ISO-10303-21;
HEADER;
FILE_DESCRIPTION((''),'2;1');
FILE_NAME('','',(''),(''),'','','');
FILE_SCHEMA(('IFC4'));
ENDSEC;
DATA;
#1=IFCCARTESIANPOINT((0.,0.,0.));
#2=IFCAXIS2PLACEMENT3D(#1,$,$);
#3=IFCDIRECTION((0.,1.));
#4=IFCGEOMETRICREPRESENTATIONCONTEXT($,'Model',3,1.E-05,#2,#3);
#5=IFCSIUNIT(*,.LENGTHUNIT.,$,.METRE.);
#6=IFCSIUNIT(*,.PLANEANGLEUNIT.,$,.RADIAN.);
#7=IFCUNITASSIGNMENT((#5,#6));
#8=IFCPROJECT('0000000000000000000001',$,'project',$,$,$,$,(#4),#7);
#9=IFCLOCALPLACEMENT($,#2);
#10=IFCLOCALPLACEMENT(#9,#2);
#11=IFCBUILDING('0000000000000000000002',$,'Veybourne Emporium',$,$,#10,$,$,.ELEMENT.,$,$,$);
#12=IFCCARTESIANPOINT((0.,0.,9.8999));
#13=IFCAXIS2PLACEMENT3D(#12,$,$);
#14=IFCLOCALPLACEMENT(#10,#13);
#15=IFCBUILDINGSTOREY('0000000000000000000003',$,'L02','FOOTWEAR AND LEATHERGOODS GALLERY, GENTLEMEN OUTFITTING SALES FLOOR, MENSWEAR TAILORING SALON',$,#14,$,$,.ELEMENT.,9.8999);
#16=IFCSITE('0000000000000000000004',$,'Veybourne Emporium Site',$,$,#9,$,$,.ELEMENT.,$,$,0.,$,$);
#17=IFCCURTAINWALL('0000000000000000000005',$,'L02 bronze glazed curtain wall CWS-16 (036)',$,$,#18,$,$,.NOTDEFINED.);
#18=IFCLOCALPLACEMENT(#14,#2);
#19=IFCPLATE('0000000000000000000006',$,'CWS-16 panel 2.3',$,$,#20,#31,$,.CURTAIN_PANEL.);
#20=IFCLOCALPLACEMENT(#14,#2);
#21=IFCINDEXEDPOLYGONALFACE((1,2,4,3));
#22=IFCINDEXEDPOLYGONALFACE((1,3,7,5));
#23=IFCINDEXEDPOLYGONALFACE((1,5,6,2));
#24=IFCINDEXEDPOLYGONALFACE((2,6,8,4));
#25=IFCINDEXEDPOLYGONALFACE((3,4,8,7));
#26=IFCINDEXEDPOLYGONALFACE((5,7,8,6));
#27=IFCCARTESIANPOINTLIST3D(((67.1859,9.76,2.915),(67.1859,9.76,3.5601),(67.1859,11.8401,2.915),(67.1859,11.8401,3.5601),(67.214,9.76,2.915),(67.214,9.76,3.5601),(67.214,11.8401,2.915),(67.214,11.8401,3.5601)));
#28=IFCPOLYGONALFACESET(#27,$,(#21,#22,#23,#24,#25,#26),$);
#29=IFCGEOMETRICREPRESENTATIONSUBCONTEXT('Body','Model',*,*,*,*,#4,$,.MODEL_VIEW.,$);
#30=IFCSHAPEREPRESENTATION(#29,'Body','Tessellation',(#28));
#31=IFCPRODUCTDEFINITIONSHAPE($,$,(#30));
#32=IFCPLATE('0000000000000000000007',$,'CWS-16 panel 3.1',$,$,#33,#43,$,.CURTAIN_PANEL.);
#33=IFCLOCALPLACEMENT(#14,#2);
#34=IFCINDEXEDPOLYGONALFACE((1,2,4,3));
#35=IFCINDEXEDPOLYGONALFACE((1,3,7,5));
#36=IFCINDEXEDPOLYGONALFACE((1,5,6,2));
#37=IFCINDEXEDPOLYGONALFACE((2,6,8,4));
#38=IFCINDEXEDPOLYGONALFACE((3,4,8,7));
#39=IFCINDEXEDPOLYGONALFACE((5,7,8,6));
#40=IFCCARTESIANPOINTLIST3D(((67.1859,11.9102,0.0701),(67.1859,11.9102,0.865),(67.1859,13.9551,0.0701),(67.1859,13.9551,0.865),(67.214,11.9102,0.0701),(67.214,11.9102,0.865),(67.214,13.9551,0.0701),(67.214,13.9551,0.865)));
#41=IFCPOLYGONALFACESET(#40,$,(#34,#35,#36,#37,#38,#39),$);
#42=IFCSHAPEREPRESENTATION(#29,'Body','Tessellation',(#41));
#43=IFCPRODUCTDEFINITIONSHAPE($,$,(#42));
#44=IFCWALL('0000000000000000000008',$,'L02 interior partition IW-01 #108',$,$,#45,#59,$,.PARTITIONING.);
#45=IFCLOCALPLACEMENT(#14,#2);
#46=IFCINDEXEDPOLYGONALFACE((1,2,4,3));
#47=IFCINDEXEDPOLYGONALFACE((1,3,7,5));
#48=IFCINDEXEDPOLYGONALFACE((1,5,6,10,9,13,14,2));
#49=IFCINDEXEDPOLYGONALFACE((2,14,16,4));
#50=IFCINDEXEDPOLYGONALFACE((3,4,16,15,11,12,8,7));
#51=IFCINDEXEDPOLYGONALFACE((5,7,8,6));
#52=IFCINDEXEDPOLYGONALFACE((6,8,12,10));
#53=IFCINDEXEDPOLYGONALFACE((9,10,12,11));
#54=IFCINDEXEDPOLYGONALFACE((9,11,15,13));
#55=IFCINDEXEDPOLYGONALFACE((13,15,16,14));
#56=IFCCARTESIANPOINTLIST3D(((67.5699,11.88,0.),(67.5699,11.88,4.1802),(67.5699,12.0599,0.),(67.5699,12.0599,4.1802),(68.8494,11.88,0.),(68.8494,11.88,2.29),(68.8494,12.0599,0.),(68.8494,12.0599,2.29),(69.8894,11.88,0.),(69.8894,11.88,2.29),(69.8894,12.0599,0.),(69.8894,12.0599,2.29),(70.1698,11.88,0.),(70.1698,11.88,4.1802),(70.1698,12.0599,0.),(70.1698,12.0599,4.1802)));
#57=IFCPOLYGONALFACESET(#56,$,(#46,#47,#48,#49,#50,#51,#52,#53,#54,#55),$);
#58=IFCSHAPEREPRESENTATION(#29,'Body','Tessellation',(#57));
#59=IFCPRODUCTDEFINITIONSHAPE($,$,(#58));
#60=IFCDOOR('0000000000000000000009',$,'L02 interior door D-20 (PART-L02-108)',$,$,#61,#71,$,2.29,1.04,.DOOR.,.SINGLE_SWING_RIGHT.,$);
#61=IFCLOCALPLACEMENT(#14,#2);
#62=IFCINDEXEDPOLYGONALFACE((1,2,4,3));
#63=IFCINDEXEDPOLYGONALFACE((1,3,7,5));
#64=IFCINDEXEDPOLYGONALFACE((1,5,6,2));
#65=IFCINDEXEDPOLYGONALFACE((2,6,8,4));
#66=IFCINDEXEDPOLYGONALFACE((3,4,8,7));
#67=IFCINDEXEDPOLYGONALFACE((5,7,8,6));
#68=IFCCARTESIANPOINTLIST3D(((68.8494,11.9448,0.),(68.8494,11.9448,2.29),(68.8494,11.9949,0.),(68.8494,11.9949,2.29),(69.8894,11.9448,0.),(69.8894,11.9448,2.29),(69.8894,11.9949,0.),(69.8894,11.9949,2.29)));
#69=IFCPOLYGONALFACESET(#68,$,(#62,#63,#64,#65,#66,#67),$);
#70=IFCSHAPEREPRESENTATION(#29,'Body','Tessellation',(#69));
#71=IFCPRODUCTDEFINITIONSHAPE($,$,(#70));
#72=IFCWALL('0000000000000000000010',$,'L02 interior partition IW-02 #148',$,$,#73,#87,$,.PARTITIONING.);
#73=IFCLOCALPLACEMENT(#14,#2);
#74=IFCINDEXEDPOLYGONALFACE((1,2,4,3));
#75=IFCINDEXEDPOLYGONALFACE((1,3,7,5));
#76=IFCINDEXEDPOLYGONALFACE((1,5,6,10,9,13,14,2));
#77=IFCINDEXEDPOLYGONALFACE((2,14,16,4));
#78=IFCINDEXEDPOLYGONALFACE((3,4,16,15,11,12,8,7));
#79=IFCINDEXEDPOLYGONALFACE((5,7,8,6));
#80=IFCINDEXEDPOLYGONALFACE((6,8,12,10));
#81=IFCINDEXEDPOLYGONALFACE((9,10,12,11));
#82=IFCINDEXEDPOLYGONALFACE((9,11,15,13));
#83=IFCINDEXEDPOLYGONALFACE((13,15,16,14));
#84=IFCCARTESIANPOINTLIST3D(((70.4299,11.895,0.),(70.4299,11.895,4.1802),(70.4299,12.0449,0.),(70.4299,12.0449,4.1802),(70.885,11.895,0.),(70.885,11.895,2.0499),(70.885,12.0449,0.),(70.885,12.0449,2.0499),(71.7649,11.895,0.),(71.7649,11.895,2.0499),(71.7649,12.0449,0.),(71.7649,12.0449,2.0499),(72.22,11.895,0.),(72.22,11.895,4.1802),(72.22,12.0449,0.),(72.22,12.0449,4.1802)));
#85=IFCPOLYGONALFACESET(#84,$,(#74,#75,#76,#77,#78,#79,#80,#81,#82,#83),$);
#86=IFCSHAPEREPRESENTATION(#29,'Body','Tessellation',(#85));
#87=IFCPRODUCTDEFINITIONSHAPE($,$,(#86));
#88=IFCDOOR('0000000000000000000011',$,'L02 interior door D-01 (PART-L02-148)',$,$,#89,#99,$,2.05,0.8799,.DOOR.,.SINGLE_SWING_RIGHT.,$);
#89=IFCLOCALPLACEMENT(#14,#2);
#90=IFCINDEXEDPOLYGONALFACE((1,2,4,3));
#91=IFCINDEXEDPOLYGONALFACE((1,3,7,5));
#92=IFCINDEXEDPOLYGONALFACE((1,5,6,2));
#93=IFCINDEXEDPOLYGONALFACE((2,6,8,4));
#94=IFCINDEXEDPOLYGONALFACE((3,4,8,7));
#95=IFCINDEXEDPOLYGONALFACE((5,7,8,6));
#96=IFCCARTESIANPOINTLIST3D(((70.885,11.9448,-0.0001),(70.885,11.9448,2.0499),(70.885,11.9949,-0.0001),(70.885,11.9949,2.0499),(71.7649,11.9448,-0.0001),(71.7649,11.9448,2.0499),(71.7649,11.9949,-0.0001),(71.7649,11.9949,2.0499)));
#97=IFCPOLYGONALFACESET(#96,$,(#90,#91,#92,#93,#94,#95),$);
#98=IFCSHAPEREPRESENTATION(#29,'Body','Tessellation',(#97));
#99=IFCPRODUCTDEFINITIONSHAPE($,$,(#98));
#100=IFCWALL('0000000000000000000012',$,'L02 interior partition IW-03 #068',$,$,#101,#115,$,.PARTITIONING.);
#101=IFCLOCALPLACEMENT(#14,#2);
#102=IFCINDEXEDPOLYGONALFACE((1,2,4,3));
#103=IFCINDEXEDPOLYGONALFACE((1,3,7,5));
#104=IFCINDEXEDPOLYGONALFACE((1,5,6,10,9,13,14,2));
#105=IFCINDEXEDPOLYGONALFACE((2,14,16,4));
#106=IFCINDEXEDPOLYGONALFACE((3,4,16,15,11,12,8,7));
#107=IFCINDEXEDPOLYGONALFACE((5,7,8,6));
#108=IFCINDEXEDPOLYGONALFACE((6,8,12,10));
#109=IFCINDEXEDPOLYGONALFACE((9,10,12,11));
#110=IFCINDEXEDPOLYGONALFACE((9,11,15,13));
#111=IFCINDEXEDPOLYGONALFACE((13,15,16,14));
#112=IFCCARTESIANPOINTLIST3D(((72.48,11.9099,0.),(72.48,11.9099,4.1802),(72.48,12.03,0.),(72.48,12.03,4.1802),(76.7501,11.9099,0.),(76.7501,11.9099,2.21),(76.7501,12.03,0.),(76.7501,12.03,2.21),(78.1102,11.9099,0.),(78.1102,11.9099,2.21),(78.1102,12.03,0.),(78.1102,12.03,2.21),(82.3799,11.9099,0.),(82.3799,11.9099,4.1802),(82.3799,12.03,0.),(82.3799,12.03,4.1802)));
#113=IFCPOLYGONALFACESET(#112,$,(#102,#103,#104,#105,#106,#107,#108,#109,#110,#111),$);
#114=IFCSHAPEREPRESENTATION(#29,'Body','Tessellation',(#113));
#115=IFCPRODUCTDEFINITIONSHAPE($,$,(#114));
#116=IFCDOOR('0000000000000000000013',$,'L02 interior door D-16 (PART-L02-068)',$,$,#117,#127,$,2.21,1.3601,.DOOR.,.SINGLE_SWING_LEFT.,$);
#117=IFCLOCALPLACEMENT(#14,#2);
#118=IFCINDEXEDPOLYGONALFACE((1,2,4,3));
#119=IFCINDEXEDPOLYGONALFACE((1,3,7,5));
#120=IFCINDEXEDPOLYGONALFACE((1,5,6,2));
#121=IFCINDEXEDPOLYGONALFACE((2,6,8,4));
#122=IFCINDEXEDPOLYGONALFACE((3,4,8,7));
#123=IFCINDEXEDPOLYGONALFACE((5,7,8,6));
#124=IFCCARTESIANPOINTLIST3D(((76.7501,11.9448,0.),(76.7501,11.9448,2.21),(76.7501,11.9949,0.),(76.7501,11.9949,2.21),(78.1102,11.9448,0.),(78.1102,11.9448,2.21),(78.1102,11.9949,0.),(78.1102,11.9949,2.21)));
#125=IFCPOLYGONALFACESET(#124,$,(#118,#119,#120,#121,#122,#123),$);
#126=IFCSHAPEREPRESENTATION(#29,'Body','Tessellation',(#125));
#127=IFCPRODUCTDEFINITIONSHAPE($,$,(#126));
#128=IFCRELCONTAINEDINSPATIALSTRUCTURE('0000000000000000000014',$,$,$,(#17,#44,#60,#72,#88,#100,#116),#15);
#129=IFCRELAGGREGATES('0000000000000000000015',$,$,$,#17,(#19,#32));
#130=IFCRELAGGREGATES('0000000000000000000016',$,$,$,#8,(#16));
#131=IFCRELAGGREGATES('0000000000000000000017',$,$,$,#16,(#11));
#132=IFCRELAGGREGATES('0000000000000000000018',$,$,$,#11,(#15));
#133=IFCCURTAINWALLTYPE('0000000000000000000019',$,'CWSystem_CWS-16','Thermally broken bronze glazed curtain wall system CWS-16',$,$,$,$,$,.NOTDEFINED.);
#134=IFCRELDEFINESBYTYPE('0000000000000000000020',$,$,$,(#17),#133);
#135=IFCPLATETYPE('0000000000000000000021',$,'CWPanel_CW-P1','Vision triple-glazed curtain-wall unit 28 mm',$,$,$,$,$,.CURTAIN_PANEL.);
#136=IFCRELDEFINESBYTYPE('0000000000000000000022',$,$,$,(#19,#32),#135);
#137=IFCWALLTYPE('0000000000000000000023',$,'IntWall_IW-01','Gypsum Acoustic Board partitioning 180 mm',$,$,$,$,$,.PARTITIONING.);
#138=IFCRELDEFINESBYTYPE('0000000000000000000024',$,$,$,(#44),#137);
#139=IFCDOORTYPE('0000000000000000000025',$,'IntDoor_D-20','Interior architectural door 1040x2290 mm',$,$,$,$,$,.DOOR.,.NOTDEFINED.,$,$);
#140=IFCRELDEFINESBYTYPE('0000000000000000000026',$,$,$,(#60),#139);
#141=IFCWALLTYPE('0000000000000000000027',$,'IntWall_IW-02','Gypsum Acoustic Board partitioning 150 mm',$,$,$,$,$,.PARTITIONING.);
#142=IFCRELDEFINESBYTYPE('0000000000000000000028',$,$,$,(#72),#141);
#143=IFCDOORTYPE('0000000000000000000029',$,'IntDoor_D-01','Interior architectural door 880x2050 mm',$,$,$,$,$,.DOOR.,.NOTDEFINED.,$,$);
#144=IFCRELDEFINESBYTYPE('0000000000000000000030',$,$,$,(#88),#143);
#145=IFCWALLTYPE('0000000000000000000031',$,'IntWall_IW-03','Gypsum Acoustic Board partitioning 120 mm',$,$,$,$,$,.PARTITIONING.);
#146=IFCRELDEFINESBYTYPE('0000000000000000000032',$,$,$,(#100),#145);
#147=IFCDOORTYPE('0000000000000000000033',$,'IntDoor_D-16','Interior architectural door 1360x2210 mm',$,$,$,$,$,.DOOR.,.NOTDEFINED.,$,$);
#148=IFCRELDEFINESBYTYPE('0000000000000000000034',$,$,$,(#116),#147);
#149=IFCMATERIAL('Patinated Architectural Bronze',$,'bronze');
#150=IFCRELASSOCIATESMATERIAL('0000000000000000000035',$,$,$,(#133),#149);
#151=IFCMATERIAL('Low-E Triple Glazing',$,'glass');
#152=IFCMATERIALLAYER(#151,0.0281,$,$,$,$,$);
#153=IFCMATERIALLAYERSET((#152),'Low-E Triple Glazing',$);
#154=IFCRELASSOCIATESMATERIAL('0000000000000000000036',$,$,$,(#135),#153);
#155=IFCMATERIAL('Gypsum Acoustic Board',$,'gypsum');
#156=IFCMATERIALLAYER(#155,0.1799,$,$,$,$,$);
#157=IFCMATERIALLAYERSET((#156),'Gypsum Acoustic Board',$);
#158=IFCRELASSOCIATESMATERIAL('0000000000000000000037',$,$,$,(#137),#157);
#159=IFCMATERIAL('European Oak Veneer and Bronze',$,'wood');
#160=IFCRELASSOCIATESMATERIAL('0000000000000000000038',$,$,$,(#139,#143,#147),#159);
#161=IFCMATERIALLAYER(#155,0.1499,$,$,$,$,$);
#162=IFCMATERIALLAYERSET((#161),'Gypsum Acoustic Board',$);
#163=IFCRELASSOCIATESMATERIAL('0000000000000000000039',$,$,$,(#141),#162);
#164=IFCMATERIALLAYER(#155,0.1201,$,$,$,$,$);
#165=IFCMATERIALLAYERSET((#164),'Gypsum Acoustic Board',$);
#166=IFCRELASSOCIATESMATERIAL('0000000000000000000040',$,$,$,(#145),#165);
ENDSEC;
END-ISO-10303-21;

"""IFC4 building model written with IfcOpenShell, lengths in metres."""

from ifc_helpers import new_model, si_unit, direction, frame, frame_2d, origin, origin_2d, place, context, subcontext, project, spatial, rectangle, extrude, material, layer, layer_set, type_object, element, fill, aggregate, save


model = new_model("IFC4")

# Units and contexts
model_context = context("Model", 3, precision=1e-05, world=origin(), true_north=direction((0.0, 1.0)))
body_context = subcontext(model_context, "Body", "Model", "MODEL_VIEW")
ifc_project = project(units=[si_unit("LENGTHUNIT", "METRE"), si_unit("PLANEANGLEUNIT", "RADIAN")], contexts=[model_context])

# Site, building, storey
site_placement = place(None, origin())
site = spatial("IfcSite", under=ifc_project, at=site_placement, Name="Veybourne Emporium Site", CompositionType="ELEMENT", RefElevation=0.0)
building_placement = place(site_placement, origin())
building = spatial("IfcBuilding", under=site, at=building_placement, Name="Veybourne Emporium", CompositionType="ELEMENT")
storey_placement = place(building_placement, frame((0.0, 0.0, 9.8999)))
storey = spatial("IfcBuildingStorey", under=building, at=storey_placement, Name="L02", Description="FOOTWEAR AND LEATHERGOODS GALLERY, GENTLEMEN OUTFITTING SALES FLOOR, MENSWEAR TAILORING SALON", CompositionType="ELEMENT", Elevation=9.8999)

# Curtain wall, plates
ifc_material_1 = material(Name="Patinated Architectural Bronze", Category="bronze")
curtain_wall_type = type_object("IfcCurtainWallType", Name="CWSystem_CWS-16", Description="Thermally broken bronze glazed curtain wall system CWS-16", PredefinedType="NOTDEFINED", material=ifc_material_1)
curtain_wall_placement = place(storey_placement, origin())
curtain_wall = element("IfcCurtainWall", 1, at=curtain_wall_placement, inside=storey, type_object=curtain_wall_type, Name="L02 bronze glazed curtain wall CWS-16 (036)", PredefinedType="NOTDEFINED")
ifc_material_2 = material(Name="Low-E Triple Glazing", Category="glass")
ifc_layer_1 = layer(ifc_material_2, 0.0281)
ifc_layer_set_1 = layer_set([ifc_layer_1], Name="Low-E Triple Glazing")
plate_type = type_object("IfcPlateType", Name="CWPanel_CW-P1", Description="Vision triple-glazed curtain-wall unit 28 mm", PredefinedType="CURTAIN_PANEL", material=ifc_layer_set_1)
plate_1_placement = place(storey_placement, frame((67.2, 10.8, 2.915), z_axis=(0.0, 0.0, 1.0), x_axis=(0.0, 1.0, 0.0)))
plate_1 = element("IfcPlate", 2, at=plate_1_placement, type_object=plate_type, Name="CWS-16 panel 2.3", PredefinedType="CURTAIN_PANEL", context=body_context, shape_type="SweptSolid", body=[
    extrude(rectangle(XDim=2.0801, YDim=0.0281, at=origin_2d()), origin(), (0.0, 0.0, 1.0), 0.645),
])
plate_2_placement = place(storey_placement, frame((67.2, 12.9326, 0.0701), z_axis=(0.0, 0.0, 1.0), x_axis=(0.0, 1.0, 0.0)))
plate_2 = element("IfcPlate", 3, at=plate_2_placement, type_object=plate_type, Name="CWS-16 panel 3.1", PredefinedType="CURTAIN_PANEL", context=body_context, shape_type="SweptSolid", body=[
    extrude(rectangle(XDim=2.0449, YDim=0.0281, at=origin_2d()), origin(), (0.0, 0.0, 1.0), 0.7949),
])
aggregate(curtain_wall, [plate_1, plate_2])

# Walls, openings, doors
ifc_material_3 = material(Name="Gypsum Acoustic Board", Category="gypsum")
ifc_layer_2 = layer(ifc_material_3, 0.1799)
ifc_layer_set_2 = layer_set([ifc_layer_2], Name="Gypsum Acoustic Board")
wall_type_1 = type_object("IfcWallType", Name="IntWall_IW-01", Description="Gypsum Acoustic Board partitioning 180 mm", PredefinedType="PARTITIONING", material=ifc_layer_set_2)
wall_1_placement = place(storey_placement, frame((67.5701, 11.97, 0.0), z_axis=(0.0, 0.0, 1.0), x_axis=(1.0, 0.0, 0.0)))
wall_1 = element("IfcWall", 4, at=wall_1_placement, inside=storey, type_object=wall_type_1, Name="L02 interior partition IW-01 #108", PredefinedType="PARTITIONING", context=body_context, shape_type="SweptSolid", body=[
    extrude(rectangle(XDim=2.5999, YDim=0.1799, at=frame_2d((1.2998, 0.0))), origin(), (0.0, 0.0, 1.0), 4.1802),
])
opening_1_placement = place(wall_1_placement, frame((1.2793, 0.0, 0.0)))
opening_1 = element("IfcOpeningElement", 5, at=opening_1_placement, cuts=wall_1, PredefinedType="OPENING", context=body_context, shape_type="SweptSolid", body=[
    extrude(rectangle(XDim=1.04, YDim=2.29, at=frame_2d((0.52, 1.145))), frame((0.0, 0.1099, 0.0), z_axis=(0.0, -1.0, 0.0), x_axis=(1.0, 0.0, 0.0)), (0.0, 0.0, 1.0), 0.22),
])
ifc_material_4 = material(Name="European Oak Veneer and Bronze", Category="wood")
door_type_1 = type_object("IfcDoorType", Name="IntDoor_D-20", Description="Interior architectural door 1040x2290 mm", OperationType="NOTDEFINED", PredefinedType="DOOR", material=ifc_material_4)
door_1_placement = place(opening_1_placement, origin())
door_1 = element("IfcDoor", 6, at=door_1_placement, inside=storey, type_object=door_type_1, Name="L02 interior door D-20 (PART-L02-108)", OperationType="SINGLE_SWING_RIGHT", OverallHeight=2.29, OverallWidth=1.04, PredefinedType="DOOR", context=body_context, shape_type="SweptSolid", body=[
    extrude(rectangle(XDim=1.04, YDim=2.29, at=frame_2d((0.52, 1.145))), frame((0.0, 0.0249, 0.0), z_axis=(0.0, -1.0, 0.0), x_axis=(1.0, 0.0, 0.0)), (0.0, 0.0, 1.0), 0.05),
])
fill(opening_1, door_1)
ifc_layer_3 = layer(ifc_material_3, 0.1499)
ifc_layer_set_3 = layer_set([ifc_layer_3], Name="Gypsum Acoustic Board")
wall_type_2 = type_object("IfcWallType", Name="IntWall_IW-02", Description="Gypsum Acoustic Board partitioning 150 mm", PredefinedType="PARTITIONING", material=ifc_layer_set_3)
wall_2_placement = place(storey_placement, frame((70.4299, 11.97, 0.0), z_axis=(0.0, 0.0, 1.0), x_axis=(1.0, 0.0, 0.0)))
wall_2 = element("IfcWall", 7, at=wall_2_placement, inside=storey, type_object=wall_type_2, Name="L02 interior partition IW-02 #148", PredefinedType="PARTITIONING", context=body_context, shape_type="SweptSolid", body=[
    extrude(rectangle(XDim=1.79, YDim=0.1499, at=frame_2d((0.895, 0.0))), origin(), (0.0, 0.0, 1.0), 4.1802),
])
opening_2_placement = place(wall_2_placement, frame((0.4551, 0.0, 0.0)))
opening_2 = element("IfcOpeningElement", 8, at=opening_2_placement, cuts=wall_2, PredefinedType="OPENING", context=body_context, shape_type="SweptSolid", body=[
    extrude(rectangle(XDim=0.8799, YDim=2.05, at=frame_2d((0.4399, 1.0249))), frame((0.0, 0.095, 0.0), z_axis=(0.0, -1.0, 0.0), x_axis=(1.0, 0.0, 0.0)), (0.0, 0.0, 1.0), 0.1899),
])
door_type_2 = type_object("IfcDoorType", Name="IntDoor_D-01", Description="Interior architectural door 880x2050 mm", OperationType="NOTDEFINED", PredefinedType="DOOR", material=ifc_material_4)
door_2_placement = place(opening_2_placement, origin())
door_2 = element("IfcDoor", 9, at=door_2_placement, inside=storey, type_object=door_type_2, Name="L02 interior door D-01 (PART-L02-148)", OperationType="SINGLE_SWING_RIGHT", OverallHeight=2.05, OverallWidth=0.8799, PredefinedType="DOOR", context=body_context, shape_type="SweptSolid", body=[
    extrude(rectangle(XDim=0.8799, YDim=2.05, at=frame_2d((0.4399, 1.0249))), frame((0.0, 0.0249, 0.0), z_axis=(0.0, -1.0, 0.0), x_axis=(1.0, 0.0, 0.0)), (0.0, 0.0, 1.0), 0.05),
])
fill(opening_2, door_2)
ifc_layer_4 = layer(ifc_material_3, 0.1201)
ifc_layer_set_4 = layer_set([ifc_layer_4], Name="Gypsum Acoustic Board")
wall_type_3 = type_object("IfcWallType", Name="IntWall_IW-03", Description="Gypsum Acoustic Board partitioning 120 mm", PredefinedType="PARTITIONING", material=ifc_layer_set_4)
wall_3_placement = place(storey_placement, frame((72.48, 11.97, 0.0), z_axis=(0.0, 0.0, 1.0), x_axis=(1.0, 0.0, 0.0)))
wall_3 = element("IfcWall", 10, at=wall_3_placement, inside=storey, type_object=wall_type_3, Name="L02 interior partition IW-03 #068", PredefinedType="PARTITIONING", context=body_context, shape_type="SweptSolid", body=[
    extrude(rectangle(XDim=9.8999, YDim=0.1201, at=frame_2d((4.95, 0.0))), origin(), (0.0, 0.0, 1.0), 4.1802),
])
opening_3_placement = place(wall_3_placement, frame((4.27, 0.0, 0.0)))
opening_3 = element("IfcOpeningElement", 11, at=opening_3_placement, cuts=wall_3, PredefinedType="OPENING", context=body_context, shape_type="SweptSolid", body=[
    extrude(rectangle(XDim=1.3601, YDim=2.21, at=frame_2d((0.6802, 1.105))), frame((0.0, 0.0801, 0.0), z_axis=(0.0, -1.0, 0.0), x_axis=(1.0, 0.0, 0.0)), (0.0, 0.0, 1.0), 0.1602),
])
door_type_3 = type_object("IfcDoorType", Name="IntDoor_D-16", Description="Interior architectural door 1360x2210 mm", OperationType="NOTDEFINED", PredefinedType="DOOR", material=ifc_material_4)
door_3_placement = place(opening_3_placement, origin())
door_3 = element("IfcDoor", 12, at=door_3_placement, inside=storey, type_object=door_type_3, Name="L02 interior door D-16 (PART-L02-068)", OperationType="SINGLE_SWING_LEFT", OverallHeight=2.21, OverallWidth=1.3601, PredefinedType="DOOR", context=body_context, shape_type="SweptSolid", body=[
    extrude(rectangle(XDim=1.3601, YDim=2.21, at=frame_2d((0.6802, 1.105))), frame((0.0, 0.0249, 0.0), z_axis=(0.0, -1.0, 0.0), x_axis=(1.0, 0.0, 0.0)), (0.0, 0.0, 1.0), 0.05),
])
fill(opening_3, door_3)

save(model, "model.ifc")
